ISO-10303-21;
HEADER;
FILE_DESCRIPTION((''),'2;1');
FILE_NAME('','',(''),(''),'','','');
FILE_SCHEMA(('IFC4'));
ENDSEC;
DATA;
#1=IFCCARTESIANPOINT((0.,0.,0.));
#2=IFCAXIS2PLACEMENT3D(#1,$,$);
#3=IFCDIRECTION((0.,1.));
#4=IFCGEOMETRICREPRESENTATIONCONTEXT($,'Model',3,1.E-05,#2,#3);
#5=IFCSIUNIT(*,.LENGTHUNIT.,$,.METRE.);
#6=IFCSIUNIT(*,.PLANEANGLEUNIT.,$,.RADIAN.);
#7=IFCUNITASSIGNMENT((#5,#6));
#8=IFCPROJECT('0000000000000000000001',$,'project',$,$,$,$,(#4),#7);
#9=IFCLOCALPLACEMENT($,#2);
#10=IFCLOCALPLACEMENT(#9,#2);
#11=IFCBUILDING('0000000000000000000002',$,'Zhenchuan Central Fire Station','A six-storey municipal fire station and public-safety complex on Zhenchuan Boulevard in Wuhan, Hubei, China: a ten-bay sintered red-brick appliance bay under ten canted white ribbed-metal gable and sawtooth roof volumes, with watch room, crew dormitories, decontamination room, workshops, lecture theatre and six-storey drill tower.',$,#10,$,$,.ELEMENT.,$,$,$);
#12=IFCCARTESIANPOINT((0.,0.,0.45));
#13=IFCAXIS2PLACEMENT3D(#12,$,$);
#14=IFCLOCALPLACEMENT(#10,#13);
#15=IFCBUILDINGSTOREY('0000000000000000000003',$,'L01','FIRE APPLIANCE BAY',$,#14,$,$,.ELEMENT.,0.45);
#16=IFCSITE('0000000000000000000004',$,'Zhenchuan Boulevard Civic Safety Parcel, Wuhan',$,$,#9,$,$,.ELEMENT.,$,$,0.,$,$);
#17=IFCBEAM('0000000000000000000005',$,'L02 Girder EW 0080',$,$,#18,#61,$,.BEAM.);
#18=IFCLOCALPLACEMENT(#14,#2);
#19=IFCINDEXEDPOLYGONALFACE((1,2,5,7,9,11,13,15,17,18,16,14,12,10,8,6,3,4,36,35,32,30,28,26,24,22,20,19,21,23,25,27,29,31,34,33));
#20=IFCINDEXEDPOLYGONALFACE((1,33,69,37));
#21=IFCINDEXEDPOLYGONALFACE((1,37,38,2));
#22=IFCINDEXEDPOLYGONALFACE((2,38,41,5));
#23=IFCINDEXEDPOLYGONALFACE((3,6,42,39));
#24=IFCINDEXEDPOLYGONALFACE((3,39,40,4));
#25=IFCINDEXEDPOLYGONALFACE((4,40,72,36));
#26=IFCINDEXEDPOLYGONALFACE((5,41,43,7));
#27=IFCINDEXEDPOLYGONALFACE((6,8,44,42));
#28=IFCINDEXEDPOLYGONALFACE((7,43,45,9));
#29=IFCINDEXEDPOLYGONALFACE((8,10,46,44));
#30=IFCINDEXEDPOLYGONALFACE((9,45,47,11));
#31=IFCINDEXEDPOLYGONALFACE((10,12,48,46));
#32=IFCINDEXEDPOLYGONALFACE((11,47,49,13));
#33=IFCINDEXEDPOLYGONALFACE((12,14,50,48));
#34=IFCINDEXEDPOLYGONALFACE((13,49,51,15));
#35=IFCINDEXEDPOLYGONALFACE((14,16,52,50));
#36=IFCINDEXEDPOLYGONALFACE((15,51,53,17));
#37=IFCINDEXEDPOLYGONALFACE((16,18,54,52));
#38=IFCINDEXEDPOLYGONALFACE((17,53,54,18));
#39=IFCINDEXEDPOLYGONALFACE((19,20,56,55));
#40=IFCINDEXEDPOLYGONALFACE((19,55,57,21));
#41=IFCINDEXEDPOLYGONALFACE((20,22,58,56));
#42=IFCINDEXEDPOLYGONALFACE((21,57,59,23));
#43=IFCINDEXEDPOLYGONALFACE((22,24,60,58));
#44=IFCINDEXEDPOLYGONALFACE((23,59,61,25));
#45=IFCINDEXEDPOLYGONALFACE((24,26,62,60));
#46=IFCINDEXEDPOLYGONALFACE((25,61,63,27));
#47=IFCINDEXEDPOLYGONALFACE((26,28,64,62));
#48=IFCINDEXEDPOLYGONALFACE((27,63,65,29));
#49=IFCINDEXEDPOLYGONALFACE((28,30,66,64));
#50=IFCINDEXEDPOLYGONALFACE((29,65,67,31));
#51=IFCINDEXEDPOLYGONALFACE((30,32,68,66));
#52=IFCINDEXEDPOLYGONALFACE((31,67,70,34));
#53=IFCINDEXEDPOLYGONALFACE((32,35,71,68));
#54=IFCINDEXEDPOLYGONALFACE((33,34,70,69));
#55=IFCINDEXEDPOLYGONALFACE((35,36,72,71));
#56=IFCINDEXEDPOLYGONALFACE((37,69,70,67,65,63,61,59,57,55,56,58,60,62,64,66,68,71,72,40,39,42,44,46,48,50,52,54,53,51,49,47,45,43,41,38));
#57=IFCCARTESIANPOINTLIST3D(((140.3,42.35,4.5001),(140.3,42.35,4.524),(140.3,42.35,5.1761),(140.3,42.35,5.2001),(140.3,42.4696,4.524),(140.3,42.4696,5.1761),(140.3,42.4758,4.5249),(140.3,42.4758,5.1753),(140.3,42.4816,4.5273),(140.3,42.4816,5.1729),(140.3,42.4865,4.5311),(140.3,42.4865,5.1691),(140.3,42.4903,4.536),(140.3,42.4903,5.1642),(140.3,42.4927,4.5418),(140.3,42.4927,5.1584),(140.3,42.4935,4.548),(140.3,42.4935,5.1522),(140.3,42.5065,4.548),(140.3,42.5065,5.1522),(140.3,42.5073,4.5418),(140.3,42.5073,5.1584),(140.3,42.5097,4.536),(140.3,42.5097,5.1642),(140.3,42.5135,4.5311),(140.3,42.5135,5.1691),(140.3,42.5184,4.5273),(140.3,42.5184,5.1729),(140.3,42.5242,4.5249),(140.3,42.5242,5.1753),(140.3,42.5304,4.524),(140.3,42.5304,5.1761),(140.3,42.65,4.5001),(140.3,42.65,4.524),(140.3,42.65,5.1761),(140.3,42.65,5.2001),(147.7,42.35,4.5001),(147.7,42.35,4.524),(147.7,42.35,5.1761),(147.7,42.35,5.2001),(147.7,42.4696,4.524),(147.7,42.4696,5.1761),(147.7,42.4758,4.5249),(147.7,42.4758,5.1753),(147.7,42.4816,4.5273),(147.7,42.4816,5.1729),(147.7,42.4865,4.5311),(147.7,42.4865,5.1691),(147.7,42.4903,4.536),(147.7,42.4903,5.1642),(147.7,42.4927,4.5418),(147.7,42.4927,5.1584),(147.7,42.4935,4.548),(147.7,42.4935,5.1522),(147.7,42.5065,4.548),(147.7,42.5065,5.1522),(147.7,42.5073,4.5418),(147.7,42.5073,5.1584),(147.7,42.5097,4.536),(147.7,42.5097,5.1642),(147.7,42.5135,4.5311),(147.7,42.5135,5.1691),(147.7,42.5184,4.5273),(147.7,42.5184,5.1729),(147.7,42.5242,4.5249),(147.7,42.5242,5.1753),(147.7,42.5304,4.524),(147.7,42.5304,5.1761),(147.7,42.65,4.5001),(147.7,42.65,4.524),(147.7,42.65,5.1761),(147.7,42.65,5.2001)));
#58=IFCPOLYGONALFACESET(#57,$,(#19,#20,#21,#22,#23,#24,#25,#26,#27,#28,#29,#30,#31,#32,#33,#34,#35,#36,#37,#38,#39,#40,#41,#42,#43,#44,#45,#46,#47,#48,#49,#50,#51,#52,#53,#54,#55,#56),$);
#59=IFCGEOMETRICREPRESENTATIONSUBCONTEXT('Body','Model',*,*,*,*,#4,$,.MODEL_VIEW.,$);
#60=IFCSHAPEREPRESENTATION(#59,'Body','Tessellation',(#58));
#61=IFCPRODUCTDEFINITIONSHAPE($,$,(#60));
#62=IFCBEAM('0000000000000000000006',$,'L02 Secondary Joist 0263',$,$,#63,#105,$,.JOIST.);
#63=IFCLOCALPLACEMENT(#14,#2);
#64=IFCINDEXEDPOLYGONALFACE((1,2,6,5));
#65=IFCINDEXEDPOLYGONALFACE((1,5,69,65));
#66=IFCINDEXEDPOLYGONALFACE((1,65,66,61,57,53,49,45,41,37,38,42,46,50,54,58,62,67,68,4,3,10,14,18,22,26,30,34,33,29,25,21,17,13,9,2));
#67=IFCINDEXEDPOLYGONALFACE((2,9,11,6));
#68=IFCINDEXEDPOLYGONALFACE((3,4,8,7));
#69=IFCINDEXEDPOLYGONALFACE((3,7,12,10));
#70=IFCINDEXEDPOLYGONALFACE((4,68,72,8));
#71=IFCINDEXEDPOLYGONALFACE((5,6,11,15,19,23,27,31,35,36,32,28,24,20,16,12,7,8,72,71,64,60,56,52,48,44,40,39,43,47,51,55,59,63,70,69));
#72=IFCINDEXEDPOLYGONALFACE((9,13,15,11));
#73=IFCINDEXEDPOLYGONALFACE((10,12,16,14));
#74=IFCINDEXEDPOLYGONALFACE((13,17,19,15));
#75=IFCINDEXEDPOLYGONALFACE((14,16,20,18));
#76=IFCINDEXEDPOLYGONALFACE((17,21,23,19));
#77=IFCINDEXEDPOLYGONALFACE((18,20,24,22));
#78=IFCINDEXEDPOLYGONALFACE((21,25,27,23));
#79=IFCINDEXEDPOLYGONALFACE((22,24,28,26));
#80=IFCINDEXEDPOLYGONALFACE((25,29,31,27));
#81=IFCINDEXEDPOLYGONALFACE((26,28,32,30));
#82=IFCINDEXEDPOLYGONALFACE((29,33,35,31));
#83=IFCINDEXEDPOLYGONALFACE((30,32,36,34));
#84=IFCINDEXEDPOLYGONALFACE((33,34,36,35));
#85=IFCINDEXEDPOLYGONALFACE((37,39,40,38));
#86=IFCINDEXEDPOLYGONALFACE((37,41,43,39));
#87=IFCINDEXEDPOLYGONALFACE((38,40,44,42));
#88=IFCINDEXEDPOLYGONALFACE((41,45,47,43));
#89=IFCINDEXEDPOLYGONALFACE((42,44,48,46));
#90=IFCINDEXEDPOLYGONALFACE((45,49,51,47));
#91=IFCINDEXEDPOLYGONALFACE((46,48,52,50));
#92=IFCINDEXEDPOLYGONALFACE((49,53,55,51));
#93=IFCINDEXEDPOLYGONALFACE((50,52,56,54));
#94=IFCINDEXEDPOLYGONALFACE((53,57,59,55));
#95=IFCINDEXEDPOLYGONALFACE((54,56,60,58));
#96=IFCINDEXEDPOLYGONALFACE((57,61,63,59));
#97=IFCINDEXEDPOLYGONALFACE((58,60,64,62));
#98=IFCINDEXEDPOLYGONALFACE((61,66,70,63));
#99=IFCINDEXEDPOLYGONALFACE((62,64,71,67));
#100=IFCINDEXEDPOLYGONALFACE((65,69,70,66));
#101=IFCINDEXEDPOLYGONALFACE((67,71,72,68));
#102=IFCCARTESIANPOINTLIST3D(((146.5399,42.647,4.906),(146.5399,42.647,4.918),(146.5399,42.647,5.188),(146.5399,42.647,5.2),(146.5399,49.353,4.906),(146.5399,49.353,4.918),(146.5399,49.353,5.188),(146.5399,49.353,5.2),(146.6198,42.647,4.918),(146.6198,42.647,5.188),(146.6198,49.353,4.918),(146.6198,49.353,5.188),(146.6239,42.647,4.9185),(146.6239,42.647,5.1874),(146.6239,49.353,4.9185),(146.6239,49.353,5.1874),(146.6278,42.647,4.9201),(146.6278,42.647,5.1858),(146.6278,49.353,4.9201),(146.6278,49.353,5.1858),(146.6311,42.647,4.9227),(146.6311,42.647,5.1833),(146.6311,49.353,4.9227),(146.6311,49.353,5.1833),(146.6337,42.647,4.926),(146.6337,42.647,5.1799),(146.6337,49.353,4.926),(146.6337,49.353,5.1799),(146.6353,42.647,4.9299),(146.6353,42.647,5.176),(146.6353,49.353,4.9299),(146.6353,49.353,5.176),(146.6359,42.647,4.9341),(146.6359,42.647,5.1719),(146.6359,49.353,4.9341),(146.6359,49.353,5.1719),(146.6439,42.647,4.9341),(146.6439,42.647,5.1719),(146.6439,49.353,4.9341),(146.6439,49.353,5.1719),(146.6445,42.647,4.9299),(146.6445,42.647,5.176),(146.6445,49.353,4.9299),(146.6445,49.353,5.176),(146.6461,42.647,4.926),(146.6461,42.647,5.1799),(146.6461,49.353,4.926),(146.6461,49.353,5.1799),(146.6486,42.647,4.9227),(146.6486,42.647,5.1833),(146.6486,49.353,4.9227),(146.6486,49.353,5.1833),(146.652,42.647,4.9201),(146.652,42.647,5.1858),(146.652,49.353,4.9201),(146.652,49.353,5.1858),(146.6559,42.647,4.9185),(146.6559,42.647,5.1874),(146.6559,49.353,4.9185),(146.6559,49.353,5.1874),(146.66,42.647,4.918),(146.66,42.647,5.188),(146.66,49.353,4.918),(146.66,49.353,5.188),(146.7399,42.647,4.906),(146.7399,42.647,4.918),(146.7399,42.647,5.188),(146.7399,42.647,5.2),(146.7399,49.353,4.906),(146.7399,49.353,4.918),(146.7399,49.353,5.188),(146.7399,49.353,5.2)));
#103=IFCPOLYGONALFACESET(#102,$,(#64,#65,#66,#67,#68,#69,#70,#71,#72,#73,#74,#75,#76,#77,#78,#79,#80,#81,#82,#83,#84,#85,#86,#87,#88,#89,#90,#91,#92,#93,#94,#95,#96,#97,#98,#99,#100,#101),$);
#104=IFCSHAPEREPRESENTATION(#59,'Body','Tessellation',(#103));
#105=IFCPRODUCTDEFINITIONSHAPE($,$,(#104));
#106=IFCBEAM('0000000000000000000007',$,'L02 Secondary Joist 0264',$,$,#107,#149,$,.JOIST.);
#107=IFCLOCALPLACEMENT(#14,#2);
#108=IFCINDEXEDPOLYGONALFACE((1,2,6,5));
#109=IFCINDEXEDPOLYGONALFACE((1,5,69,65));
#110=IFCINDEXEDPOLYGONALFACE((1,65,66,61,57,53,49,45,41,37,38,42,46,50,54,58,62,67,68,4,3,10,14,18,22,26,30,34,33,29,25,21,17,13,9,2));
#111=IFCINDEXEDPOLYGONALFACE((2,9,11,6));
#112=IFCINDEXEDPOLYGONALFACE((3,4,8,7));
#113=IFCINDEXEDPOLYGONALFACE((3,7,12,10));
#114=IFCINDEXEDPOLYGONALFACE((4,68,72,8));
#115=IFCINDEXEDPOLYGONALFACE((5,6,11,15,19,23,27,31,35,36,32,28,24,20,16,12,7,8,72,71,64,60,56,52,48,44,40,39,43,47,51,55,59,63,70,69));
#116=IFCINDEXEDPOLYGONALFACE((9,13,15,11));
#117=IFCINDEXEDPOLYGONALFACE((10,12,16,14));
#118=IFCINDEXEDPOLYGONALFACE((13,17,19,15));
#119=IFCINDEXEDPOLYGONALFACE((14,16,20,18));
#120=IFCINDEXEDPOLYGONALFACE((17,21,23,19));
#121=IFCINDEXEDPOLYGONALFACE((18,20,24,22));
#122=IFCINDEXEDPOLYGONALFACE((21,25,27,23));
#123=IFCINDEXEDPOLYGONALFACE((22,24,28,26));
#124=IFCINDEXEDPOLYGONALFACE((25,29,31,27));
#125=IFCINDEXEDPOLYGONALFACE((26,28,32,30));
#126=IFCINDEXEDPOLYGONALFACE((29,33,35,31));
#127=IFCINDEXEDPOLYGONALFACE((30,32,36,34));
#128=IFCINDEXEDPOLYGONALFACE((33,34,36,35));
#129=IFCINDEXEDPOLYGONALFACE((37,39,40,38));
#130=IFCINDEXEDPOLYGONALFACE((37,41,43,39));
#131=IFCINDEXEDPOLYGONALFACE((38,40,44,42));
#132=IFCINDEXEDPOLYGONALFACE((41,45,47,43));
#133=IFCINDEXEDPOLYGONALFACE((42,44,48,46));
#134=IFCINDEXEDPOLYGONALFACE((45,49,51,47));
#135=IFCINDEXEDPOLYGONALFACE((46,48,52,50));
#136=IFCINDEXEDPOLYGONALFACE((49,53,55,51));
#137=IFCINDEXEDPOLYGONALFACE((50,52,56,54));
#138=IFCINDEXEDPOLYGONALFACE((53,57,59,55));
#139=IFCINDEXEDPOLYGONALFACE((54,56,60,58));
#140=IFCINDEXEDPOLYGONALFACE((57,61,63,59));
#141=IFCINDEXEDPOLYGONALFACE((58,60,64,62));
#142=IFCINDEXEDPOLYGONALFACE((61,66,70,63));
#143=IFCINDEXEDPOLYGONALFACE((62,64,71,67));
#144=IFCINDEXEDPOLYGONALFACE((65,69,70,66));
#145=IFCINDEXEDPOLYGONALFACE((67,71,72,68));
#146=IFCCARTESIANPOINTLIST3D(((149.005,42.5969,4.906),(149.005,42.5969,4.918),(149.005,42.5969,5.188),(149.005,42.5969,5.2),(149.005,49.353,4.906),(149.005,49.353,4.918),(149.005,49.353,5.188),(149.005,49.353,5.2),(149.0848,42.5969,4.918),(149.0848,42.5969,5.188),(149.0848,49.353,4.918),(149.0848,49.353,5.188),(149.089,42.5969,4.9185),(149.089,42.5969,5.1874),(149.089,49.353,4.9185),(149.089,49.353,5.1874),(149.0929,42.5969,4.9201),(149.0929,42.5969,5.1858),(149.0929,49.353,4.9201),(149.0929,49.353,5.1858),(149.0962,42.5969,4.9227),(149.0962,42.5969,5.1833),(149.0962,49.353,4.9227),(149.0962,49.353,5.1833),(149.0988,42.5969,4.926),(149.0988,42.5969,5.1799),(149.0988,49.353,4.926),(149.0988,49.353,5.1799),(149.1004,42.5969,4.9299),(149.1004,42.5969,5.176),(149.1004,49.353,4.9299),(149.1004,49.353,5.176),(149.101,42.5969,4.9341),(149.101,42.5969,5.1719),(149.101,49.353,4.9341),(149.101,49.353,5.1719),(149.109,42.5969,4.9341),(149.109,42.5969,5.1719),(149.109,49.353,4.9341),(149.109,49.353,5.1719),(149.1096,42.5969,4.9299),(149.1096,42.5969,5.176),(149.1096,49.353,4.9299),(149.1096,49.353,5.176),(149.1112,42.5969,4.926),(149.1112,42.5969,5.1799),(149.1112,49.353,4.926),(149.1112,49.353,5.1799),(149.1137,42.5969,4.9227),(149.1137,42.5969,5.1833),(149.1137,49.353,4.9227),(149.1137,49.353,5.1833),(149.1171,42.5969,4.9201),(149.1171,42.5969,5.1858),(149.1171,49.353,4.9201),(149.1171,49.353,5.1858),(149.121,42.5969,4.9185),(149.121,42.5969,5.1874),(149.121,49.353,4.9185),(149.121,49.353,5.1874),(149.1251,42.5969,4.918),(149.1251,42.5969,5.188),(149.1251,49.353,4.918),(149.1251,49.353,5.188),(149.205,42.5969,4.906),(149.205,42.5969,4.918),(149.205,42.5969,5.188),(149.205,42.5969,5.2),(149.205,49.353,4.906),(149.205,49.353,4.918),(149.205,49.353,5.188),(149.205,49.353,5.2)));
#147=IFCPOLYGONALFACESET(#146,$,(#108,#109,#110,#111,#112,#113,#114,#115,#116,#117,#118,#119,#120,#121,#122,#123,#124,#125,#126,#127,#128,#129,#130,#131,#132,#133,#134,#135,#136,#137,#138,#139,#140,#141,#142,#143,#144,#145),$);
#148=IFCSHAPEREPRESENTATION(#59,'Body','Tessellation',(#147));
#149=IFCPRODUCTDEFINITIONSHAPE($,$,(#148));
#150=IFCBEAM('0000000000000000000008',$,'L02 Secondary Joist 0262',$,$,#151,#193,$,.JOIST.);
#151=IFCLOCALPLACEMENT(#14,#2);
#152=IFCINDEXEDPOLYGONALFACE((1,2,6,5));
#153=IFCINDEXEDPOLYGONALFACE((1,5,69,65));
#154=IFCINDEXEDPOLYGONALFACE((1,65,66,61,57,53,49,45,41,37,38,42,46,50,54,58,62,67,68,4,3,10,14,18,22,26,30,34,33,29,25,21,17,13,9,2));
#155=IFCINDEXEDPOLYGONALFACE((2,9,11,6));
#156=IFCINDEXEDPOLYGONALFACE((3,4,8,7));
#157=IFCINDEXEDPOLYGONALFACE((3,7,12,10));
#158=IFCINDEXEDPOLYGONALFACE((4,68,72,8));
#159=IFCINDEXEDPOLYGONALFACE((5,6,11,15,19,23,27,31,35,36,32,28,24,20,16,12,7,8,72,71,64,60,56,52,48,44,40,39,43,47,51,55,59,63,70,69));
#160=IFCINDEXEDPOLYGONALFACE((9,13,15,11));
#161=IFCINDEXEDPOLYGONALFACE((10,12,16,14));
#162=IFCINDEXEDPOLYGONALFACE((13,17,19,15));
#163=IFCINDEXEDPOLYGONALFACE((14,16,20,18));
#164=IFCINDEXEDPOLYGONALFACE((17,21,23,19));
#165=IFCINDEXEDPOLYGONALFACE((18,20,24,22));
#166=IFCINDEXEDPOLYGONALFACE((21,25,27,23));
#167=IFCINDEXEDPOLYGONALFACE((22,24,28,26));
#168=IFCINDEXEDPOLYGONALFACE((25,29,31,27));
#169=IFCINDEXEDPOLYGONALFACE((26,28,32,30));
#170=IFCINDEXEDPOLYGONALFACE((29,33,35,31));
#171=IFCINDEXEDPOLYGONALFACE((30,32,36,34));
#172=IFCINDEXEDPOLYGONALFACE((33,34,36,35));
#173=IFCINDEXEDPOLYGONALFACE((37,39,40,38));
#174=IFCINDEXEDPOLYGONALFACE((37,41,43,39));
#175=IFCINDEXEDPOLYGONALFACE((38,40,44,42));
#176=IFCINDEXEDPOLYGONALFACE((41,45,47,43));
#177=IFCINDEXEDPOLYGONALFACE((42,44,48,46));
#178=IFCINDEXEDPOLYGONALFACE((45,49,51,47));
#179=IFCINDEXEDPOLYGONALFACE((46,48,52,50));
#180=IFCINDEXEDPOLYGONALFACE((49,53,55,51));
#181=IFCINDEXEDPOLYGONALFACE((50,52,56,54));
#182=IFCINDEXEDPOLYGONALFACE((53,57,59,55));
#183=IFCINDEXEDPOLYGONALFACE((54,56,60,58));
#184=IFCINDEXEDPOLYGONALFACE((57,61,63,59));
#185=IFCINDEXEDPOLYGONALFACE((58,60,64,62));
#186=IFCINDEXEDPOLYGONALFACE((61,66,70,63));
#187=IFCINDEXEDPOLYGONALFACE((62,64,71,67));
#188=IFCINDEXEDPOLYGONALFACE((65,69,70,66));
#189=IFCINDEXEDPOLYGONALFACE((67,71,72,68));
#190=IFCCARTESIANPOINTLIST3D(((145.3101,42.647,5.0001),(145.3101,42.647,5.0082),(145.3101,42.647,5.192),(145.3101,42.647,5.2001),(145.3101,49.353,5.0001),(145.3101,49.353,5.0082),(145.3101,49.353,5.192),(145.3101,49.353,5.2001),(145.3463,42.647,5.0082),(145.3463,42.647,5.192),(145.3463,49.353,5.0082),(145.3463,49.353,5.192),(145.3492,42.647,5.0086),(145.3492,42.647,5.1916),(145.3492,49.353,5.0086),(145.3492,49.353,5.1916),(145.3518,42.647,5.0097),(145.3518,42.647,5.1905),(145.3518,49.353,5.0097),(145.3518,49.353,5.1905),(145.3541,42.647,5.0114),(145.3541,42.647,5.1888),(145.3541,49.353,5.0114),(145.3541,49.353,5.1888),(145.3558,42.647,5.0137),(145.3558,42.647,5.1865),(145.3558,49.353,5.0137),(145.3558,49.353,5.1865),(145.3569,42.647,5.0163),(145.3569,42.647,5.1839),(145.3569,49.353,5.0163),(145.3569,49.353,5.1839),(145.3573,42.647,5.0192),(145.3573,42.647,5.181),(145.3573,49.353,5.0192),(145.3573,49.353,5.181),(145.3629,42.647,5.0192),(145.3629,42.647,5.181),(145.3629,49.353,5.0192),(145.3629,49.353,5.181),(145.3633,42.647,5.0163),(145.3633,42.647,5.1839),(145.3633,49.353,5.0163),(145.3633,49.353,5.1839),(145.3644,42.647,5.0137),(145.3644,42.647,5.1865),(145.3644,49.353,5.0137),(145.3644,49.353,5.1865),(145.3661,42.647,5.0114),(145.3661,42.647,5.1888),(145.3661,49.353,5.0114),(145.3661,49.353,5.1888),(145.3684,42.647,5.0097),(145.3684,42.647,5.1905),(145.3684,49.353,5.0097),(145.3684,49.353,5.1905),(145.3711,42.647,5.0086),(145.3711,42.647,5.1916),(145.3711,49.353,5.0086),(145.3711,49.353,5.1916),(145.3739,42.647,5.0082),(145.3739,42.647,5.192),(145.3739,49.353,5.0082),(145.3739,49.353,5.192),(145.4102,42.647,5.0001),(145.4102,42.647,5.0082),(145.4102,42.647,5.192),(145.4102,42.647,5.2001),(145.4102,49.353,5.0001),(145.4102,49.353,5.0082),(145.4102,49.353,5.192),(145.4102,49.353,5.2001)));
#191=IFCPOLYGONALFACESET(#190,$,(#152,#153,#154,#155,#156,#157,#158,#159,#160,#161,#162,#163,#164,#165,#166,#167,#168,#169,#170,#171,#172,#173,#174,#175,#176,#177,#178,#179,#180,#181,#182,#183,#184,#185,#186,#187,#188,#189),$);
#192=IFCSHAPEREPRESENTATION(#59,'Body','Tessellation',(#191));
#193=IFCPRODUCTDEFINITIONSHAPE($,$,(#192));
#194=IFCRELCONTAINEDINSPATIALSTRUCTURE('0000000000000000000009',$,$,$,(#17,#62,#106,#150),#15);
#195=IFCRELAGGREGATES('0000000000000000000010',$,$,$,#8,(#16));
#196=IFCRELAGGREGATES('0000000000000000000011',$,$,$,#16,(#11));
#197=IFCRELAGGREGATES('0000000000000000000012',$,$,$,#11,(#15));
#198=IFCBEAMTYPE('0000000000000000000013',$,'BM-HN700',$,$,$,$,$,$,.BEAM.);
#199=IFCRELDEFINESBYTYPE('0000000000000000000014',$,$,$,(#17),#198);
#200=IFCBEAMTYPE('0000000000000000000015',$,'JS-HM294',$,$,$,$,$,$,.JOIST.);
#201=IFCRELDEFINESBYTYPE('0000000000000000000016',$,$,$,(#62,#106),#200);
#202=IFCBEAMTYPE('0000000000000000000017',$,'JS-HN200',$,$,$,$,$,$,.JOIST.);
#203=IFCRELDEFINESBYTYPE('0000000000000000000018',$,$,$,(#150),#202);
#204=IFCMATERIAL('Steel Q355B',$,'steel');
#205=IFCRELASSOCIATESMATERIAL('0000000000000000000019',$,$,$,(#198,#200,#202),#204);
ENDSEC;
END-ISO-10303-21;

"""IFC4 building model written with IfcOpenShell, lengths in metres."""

from ifc_helpers import new_model, si_unit, direction, frame, origin, origin_2d, place, context, subcontext, project, spatial, i_section, extrude, material, material_profile, profile_set, type_object, element, save


model = new_model("IFC4")

# Units and contexts
model_context = context("Model", 3, precision=1e-05, world=origin(), true_north=direction((0.0, 1.0)))
body_context = subcontext(model_context, "Body", "Model", "MODEL_VIEW")
ifc_project = project(units=[si_unit("LENGTHUNIT", "METRE"), si_unit("PLANEANGLEUNIT", "RADIAN")], contexts=[model_context])

# Site, building, storey
site_placement = place(None, origin())
site = spatial("IfcSite", under=ifc_project, at=site_placement, Name="Zhenchuan Boulevard Civic Safety Parcel, Wuhan", CompositionType="ELEMENT", RefElevation=0.0)
building_placement = place(site_placement, origin())
building = spatial("IfcBuilding", under=site, at=building_placement, Name="Zhenchuan Central Fire Station", Description="A six-storey municipal fire station and public-safety complex on Zhenchuan Boulevard in Wuhan, Hubei, China: a ten-bay sintered red-brick appliance bay under ten canted white ribbed-metal gable and sawtooth roof volumes, with watch room, crew dormitories, decontamination room, workshops, lecture theatre and six-storey drill tower.", CompositionType="ELEMENT")
storey_placement = place(building_placement, frame((0.0, 0.0, 0.45)))
storey = spatial("IfcBuildingStorey", under=building, at=storey_placement, Name="L01", Description="FIRE APPLIANCE BAY", CompositionType="ELEMENT", Elevation=0.45)

# Beams
ifc_material_1 = material(Name="Steel Q355B", Category="steel")
ifc_material_profile_1 = material_profile(ifc_material_1, i_section(OverallWidth=0.3, OverallDepth=0.7, WebThickness=0.0129, FlangeThickness=0.0239, FilletRadius=0.0239, at=origin_2d()), Name="HN 700x300")
ifc_profile_set_1 = profile_set([ifc_material_profile_1], Name="Steel Q355B")
beam_type_1 = type_object("IfcBeamType", Name="BM-HN700", PredefinedType="BEAM", material=ifc_profile_set_1)
beam_1_placement = place(storey_placement, frame((140.3, 42.5, 4.8501), z_axis=(1.0, 0.0, 0.0), x_axis=(0.0, 1.0, 0.0)))
element("IfcBeam", 1, at=beam_1_placement, inside=storey, type_object=beam_type_1, Name="L02 Girder EW 0080", PredefinedType="BEAM", context=body_context, shape_type="SweptSolid", body=[
    extrude(i_section(OverallWidth=0.3, OverallDepth=0.7, WebThickness=0.0129, FlangeThickness=0.0239, FilletRadius=0.0239, at=origin_2d()), origin(), (0.0, 0.0, 1.0), 7.3999),
])
ifc_material_profile_2 = material_profile(ifc_material_1, i_section(OverallWidth=0.2, OverallDepth=0.2939, WebThickness=0.0081, FlangeThickness=0.012, FilletRadius=0.0161, at=origin_2d()), Name="HM 294x200")
ifc_profile_set_2 = profile_set([ifc_material_profile_2], Name="Steel Q355B")
beam_type_2 = type_object("IfcBeamType", Name="JS-HM294", PredefinedType="JOIST", material=ifc_profile_set_2)
beam_2_placement = place(storey_placement, frame((146.6399, 42.647, 5.053), z_axis=(0.0, 1.0, 0.0), x_axis=(-1.0, 0.0, 0.0)))
element("IfcBeam", 2, at=beam_2_placement, inside=storey, type_object=beam_type_2, Name="L02 Secondary Joist 0263", PredefinedType="JOIST", context=body_context, shape_type="SweptSolid", body=[
    extrude(i_section(OverallWidth=0.2, OverallDepth=0.2939, WebThickness=0.0081, FlangeThickness=0.012, FilletRadius=0.0161, at=origin_2d()), origin(), (0.0, 0.0, 1.0), 6.7061),
])
beam_3_placement = place(storey_placement, frame((149.105, 42.5969, 5.053), z_axis=(0.0, 1.0, 0.0), x_axis=(-1.0, 0.0, 0.0)))
element("IfcBeam", 3, at=beam_3_placement, inside=storey, type_object=beam_type_2, Name="L02 Secondary Joist 0264", PredefinedType="JOIST", context=body_context, shape_type="SweptSolid", body=[
    extrude(i_section(OverallWidth=0.2, OverallDepth=0.2939, WebThickness=0.0081, FlangeThickness=0.012, FilletRadius=0.0161, at=origin_2d()), origin(), (0.0, 0.0, 1.0), 6.7561),
])
ifc_material_profile_3 = material_profile(ifc_material_1, i_section(OverallWidth=0.1001, OverallDepth=0.2, WebThickness=0.0056, FlangeThickness=0.0081, FilletRadius=0.011, at=origin_2d()), Name="HN 200x100")
ifc_profile_set_3 = profile_set([ifc_material_profile_3], Name="Steel Q355B")
beam_type_3 = type_object("IfcBeamType", Name="JS-HN200", PredefinedType="JOIST", material=ifc_profile_set_3)
beam_4_placement = place(storey_placement, frame((145.3601, 42.647, 5.1001), z_axis=(0.0, 1.0, 0.0), x_axis=(-1.0, 0.0, 0.0)))
element("IfcBeam", 4, at=beam_4_placement, inside=storey, type_object=beam_type_3, Name="L02 Secondary Joist 0262", PredefinedType="JOIST", context=body_context, shape_type="SweptSolid", body=[
    extrude(i_section(OverallWidth=0.1001, OverallDepth=0.2, WebThickness=0.0056, FlangeThickness=0.0081, FilletRadius=0.011, at=origin_2d()), origin(), (0.0, 0.0, 1.0), 6.7061),
])

save(model, "model.ifc")
